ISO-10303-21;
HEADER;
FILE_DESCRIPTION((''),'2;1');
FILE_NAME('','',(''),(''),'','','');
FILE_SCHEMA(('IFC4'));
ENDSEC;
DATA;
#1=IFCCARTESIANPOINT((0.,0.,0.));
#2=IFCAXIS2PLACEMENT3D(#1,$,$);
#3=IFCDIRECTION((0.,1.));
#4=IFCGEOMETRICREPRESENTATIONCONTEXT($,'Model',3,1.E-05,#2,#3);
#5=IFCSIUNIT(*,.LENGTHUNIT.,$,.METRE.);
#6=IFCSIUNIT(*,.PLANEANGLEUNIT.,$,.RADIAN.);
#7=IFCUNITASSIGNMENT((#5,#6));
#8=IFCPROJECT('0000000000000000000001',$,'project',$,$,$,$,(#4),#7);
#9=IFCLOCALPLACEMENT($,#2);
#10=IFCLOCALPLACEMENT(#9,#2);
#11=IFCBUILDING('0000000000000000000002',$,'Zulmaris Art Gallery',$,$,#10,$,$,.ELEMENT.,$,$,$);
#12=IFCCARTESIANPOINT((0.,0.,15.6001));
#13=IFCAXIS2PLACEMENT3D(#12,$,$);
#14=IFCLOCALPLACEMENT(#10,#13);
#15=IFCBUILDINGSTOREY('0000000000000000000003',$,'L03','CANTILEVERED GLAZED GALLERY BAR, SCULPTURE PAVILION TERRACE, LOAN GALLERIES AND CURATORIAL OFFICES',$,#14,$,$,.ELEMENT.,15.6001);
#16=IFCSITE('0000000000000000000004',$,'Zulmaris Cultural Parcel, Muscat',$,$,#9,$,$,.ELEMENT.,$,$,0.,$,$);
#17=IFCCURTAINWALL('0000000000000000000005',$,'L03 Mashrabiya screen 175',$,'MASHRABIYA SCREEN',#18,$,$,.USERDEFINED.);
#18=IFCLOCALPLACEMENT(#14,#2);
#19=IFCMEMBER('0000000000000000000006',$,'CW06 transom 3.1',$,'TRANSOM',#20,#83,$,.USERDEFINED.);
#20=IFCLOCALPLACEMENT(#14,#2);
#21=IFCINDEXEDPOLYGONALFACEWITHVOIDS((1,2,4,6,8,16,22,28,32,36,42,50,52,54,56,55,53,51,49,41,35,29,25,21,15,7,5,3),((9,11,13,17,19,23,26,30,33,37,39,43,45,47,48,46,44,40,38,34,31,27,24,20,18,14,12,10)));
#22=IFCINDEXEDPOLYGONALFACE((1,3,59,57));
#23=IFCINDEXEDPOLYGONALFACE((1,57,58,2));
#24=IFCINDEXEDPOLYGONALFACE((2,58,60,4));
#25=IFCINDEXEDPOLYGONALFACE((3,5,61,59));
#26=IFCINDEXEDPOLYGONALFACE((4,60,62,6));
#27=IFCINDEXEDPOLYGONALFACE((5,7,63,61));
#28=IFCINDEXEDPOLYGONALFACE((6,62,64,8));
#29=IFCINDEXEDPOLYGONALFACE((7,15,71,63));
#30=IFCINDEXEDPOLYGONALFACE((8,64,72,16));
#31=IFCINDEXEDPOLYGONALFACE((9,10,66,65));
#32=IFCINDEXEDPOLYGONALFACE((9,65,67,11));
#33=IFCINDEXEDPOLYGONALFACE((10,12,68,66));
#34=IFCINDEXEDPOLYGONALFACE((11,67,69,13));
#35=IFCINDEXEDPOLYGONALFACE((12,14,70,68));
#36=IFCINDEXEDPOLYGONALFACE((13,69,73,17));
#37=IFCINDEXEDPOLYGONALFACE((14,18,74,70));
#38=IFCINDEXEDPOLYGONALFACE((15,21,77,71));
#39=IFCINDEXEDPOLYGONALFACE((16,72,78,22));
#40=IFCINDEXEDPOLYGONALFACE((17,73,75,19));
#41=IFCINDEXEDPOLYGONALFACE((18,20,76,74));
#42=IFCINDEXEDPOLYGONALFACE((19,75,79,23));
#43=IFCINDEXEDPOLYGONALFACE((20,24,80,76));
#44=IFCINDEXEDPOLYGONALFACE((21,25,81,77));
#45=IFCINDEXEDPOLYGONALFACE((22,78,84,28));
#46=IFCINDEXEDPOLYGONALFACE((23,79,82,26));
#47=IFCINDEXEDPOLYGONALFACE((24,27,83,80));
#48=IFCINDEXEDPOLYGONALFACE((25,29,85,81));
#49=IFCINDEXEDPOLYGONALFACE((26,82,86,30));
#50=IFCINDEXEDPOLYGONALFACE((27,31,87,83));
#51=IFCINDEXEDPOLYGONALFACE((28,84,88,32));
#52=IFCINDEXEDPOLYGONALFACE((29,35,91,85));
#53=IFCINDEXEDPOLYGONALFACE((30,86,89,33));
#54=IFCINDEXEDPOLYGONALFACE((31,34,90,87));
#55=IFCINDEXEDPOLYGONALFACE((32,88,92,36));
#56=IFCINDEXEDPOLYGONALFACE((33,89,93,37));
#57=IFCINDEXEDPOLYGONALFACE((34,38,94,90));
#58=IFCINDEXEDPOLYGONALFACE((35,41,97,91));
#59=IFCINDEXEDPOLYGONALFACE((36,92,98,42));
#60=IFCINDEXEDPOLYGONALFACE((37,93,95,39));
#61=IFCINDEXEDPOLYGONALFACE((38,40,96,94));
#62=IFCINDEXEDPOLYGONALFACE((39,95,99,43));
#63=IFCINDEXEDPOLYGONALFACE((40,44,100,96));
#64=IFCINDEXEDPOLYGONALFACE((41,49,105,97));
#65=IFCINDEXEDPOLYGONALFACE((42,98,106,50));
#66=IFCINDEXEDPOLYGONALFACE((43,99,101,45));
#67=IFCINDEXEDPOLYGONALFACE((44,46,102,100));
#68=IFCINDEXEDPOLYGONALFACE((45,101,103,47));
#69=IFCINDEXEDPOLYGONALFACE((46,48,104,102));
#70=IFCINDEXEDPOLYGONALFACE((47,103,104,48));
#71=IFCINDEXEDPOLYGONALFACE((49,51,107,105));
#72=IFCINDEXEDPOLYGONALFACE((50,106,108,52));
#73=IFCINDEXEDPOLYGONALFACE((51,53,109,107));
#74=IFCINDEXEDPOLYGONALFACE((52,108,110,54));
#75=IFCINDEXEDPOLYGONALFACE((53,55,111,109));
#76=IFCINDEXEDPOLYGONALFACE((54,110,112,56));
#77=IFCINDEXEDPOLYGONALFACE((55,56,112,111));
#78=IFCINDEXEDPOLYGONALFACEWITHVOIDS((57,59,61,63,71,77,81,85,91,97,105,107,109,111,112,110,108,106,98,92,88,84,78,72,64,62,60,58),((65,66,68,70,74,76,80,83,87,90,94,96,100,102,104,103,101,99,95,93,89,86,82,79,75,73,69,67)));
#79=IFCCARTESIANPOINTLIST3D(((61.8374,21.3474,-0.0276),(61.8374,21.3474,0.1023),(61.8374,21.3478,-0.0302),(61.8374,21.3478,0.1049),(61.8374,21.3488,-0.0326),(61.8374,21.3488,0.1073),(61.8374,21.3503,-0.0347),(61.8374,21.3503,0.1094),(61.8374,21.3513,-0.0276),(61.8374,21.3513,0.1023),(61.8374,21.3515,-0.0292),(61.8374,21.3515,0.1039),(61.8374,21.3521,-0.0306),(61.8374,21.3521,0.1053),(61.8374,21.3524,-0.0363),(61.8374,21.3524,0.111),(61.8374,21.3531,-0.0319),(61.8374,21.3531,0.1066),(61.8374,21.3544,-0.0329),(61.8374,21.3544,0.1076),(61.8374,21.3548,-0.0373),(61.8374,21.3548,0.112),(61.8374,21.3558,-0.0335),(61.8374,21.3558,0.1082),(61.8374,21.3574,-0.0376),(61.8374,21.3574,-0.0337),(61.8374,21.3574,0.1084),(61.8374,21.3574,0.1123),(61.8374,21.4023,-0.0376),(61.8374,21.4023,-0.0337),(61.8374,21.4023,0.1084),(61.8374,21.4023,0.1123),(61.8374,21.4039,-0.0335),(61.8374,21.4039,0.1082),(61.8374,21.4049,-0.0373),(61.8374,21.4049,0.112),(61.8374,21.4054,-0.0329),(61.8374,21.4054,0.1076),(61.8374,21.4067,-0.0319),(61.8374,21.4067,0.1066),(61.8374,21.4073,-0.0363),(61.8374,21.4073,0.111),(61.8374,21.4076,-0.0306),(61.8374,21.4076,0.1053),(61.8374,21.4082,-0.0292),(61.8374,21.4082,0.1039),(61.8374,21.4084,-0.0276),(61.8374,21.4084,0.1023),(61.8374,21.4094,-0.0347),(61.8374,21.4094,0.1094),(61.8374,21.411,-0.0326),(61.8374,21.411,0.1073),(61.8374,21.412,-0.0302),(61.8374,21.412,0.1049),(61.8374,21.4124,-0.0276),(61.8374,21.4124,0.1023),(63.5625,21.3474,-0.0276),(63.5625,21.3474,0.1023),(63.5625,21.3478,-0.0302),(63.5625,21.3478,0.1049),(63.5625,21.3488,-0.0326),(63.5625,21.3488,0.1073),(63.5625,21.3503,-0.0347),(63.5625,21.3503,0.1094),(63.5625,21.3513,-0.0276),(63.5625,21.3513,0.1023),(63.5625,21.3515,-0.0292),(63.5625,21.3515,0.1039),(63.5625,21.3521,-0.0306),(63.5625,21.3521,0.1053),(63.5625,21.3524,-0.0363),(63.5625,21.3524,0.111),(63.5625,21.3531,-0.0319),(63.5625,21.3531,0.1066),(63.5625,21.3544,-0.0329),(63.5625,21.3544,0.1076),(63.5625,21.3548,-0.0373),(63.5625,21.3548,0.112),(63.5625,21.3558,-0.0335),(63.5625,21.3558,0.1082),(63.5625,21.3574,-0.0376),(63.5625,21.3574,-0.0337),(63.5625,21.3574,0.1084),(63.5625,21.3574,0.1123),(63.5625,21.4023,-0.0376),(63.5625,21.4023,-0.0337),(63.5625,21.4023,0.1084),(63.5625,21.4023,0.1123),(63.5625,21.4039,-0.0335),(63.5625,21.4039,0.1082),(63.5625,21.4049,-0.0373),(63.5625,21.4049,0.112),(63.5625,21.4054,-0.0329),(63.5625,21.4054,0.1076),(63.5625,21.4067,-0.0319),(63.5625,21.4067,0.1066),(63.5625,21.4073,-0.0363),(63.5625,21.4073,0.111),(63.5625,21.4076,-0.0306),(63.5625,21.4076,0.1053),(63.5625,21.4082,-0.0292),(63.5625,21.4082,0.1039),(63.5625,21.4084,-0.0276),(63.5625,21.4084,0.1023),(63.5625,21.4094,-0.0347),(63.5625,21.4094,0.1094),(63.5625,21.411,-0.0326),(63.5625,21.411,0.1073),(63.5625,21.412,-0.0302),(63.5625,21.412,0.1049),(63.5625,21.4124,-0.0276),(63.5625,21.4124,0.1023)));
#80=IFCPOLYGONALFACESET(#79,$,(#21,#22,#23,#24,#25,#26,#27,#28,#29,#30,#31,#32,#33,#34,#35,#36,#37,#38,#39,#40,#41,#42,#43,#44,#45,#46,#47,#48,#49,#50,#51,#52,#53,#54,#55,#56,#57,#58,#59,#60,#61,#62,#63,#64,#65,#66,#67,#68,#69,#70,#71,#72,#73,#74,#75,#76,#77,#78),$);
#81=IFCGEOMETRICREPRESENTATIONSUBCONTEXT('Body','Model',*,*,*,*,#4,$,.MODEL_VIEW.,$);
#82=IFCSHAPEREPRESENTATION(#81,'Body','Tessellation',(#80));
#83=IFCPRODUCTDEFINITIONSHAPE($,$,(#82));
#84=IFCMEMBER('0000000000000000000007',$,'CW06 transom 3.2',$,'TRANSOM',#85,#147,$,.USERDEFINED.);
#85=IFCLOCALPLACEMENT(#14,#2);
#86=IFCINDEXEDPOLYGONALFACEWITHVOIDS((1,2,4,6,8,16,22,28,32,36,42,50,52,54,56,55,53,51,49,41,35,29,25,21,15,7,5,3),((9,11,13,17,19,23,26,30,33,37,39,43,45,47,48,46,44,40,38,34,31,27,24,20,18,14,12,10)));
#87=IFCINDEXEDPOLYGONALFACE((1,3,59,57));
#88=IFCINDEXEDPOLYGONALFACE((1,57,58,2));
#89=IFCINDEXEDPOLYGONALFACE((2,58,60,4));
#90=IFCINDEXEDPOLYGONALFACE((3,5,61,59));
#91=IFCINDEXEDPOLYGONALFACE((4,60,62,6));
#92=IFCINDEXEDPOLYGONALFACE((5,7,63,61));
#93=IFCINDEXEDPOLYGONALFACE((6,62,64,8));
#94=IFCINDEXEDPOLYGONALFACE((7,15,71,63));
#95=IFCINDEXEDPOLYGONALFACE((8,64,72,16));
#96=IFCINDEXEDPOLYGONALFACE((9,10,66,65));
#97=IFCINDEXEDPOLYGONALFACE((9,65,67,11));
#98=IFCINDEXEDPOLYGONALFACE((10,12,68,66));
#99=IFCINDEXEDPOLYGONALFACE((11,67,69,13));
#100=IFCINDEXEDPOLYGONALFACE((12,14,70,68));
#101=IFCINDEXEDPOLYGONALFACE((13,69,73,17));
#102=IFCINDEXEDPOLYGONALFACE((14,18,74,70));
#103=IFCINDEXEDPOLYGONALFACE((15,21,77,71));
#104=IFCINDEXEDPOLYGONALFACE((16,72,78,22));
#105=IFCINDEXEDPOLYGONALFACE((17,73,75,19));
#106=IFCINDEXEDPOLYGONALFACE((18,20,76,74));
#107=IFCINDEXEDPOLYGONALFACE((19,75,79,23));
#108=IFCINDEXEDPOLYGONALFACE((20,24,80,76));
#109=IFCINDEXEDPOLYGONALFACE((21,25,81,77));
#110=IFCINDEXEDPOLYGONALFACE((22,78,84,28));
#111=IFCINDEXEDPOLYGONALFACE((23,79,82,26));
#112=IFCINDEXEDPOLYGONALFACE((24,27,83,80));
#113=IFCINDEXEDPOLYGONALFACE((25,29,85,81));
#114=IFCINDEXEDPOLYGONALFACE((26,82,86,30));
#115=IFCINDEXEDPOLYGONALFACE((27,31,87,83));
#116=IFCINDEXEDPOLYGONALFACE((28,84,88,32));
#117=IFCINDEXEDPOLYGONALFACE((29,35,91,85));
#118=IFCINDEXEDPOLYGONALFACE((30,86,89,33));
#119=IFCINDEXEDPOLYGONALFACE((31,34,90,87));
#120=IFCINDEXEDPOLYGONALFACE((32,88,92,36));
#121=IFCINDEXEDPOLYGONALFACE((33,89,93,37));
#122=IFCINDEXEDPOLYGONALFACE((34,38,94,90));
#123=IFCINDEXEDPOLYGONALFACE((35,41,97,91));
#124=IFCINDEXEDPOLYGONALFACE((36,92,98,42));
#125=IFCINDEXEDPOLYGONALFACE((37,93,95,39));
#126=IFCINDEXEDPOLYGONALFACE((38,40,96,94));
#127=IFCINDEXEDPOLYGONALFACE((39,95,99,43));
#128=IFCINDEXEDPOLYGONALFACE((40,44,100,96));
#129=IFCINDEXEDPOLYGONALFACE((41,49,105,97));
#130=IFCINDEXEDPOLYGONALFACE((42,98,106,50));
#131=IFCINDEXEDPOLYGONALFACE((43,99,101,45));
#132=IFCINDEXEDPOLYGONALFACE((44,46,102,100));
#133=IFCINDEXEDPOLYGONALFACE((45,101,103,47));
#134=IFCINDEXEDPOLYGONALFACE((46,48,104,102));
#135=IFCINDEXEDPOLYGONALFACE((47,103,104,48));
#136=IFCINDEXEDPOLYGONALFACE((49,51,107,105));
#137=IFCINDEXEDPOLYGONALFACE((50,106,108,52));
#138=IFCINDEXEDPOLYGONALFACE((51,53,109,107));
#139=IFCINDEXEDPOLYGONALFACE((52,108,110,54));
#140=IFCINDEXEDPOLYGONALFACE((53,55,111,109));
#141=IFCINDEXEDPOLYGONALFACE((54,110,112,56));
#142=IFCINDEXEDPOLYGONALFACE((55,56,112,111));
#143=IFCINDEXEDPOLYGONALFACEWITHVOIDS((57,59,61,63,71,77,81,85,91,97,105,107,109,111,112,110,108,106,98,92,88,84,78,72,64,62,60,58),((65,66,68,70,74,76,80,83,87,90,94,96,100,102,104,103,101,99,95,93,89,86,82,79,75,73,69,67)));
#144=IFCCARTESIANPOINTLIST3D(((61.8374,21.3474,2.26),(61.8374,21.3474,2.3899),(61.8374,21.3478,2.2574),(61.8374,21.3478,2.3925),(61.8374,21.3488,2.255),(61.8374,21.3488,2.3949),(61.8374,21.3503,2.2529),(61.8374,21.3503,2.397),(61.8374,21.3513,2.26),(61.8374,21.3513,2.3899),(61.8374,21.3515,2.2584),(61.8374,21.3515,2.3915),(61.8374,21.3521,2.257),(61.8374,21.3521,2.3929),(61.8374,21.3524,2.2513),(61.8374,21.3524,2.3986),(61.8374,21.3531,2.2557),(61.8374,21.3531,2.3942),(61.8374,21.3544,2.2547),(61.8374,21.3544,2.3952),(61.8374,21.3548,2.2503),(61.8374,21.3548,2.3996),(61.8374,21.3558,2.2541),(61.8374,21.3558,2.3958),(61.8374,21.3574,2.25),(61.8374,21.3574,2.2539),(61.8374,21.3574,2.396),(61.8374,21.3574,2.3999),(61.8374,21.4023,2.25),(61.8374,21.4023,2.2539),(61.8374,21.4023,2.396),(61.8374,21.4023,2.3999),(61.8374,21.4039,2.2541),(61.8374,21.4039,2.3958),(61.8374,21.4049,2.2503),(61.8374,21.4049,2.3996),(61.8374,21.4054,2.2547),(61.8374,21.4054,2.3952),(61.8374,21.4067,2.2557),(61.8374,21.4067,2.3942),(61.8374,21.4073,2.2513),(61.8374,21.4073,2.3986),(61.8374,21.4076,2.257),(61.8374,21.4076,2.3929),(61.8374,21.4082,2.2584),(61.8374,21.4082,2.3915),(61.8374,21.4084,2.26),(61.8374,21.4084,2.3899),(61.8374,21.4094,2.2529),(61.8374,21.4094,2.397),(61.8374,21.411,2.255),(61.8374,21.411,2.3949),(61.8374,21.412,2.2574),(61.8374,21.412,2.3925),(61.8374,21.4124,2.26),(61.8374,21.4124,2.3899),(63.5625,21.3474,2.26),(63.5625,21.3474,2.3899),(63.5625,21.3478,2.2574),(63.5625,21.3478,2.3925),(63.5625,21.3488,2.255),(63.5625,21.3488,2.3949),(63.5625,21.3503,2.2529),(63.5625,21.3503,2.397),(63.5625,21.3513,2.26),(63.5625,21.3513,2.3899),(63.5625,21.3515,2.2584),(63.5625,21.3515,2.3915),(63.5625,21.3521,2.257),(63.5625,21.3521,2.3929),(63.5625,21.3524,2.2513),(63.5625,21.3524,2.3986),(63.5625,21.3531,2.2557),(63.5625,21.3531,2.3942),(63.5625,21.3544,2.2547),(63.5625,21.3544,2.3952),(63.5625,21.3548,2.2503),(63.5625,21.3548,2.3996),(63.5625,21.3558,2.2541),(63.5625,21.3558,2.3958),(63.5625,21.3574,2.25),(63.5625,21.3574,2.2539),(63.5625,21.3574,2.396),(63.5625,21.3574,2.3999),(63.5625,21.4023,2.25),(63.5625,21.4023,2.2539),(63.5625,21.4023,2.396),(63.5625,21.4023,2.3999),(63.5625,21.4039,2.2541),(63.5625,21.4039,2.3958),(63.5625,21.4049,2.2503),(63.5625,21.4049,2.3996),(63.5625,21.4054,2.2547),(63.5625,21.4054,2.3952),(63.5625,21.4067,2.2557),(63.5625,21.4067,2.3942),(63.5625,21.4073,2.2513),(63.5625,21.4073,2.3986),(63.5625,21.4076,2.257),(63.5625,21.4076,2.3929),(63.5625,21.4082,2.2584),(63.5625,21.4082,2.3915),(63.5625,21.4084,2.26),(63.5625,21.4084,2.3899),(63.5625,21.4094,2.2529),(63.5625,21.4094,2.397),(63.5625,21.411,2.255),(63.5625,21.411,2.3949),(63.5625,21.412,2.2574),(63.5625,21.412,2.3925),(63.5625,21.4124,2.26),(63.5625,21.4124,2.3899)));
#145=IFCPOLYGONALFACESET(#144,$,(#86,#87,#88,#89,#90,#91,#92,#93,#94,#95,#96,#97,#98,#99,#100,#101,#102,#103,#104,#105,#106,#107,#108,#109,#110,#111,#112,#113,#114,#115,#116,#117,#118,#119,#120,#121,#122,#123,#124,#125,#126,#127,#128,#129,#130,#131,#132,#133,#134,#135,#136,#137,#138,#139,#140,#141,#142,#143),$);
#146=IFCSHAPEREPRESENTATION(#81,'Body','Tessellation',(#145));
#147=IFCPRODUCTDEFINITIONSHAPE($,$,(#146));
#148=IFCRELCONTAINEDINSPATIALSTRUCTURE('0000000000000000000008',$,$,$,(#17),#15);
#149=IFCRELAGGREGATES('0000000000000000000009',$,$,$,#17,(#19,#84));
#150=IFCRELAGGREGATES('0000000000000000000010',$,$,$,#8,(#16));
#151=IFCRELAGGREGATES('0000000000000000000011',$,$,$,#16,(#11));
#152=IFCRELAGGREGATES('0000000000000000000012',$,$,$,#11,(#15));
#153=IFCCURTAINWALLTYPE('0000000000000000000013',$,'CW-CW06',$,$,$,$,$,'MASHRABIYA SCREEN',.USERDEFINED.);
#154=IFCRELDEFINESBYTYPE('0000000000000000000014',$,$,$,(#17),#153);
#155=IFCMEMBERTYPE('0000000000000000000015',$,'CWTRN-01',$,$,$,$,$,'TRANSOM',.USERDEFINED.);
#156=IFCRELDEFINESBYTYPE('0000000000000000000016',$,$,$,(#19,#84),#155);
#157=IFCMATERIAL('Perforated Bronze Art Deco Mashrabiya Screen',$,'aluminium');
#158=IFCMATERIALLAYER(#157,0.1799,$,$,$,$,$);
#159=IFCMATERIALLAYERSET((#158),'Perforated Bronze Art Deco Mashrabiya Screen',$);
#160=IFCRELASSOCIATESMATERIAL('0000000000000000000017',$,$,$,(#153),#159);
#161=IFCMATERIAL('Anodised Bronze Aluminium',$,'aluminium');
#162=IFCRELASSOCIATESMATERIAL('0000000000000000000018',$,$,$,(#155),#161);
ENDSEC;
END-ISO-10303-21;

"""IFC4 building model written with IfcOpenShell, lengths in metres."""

from ifc_helpers import new_model, si_unit, direction, frame, origin, origin_2d, place, context, subcontext, project, spatial, hollow_rectangle, extrude, material, layer, layer_set, material_profile, profile_set, type_object, element, aggregate, save


model = new_model("IFC4")

# Units and contexts
model_context = context("Model", 3, precision=1e-05, world=origin(), true_north=direction((0.0, 1.0)))
body_context = subcontext(model_context, "Body", "Model", "MODEL_VIEW")
ifc_project = project(units=[si_unit("LENGTHUNIT", "METRE"), si_unit("PLANEANGLEUNIT", "RADIAN")], contexts=[model_context])

# Site, building, storey
site_placement = place(None, origin())
site = spatial("IfcSite", under=ifc_project, at=site_placement, Name="Zulmaris Cultural Parcel, Muscat", CompositionType="ELEMENT", RefElevation=0.0)
building_placement = place(site_placement, origin())
building = spatial("IfcBuilding", under=site, at=building_placement, Name="Zulmaris Art Gallery", CompositionType="ELEMENT")
storey_placement = place(building_placement, frame((0.0, 0.0, 15.6001)))
storey = spatial("IfcBuildingStorey", under=building, at=storey_placement, Name="L03", Description="CANTILEVERED GLAZED GALLERY BAR, SCULPTURE PAVILION TERRACE, LOAN GALLERIES AND CURATORIAL OFFICES", CompositionType="ELEMENT", Elevation=15.6001)

# Curtain wall
ifc_material_1 = material(Name="Anodised Bronze Aluminium", Category="aluminium")
ifc_material_2 = material(Name="Perforated Bronze Art Deco Mashrabiya Screen", Category="aluminium")
ifc_layer_1 = layer(ifc_material_2, 0.1799)
ifc_layer_set_1 = layer_set([ifc_layer_1], Name="Perforated Bronze Art Deco Mashrabiya Screen")
curtain_wall_type_1 = type_object("IfcCurtainWallType", Name="CW-CW06", ElementType="MASHRABIYA SCREEN", PredefinedType="USERDEFINED", material=ifc_layer_set_1)
curtain_wall_1_placement = place(storey_placement, origin())
curtain_wall_1 = element("IfcCurtainWall", 1, at=curtain_wall_1_placement, inside=storey, type_object=curtain_wall_type_1, Name="L03 Mashrabiya screen 175", ObjectType="MASHRABIYA SCREEN", PredefinedType="USERDEFINED")

# Members
ifc_material_profile_1 = material_profile(ifc_material_1, hollow_rectangle(XDim=0.0649, YDim=0.1499, WallThickness=0.0039, InnerFilletRadius=0.0061, OuterFilletRadius=0.01, at=origin_2d()), Name="ALU 65x150x4")
ifc_profile_set_1 = profile_set([ifc_material_profile_1], Name="Anodised Bronze Aluminium")
member_type_1 = type_object("IfcMemberType", Name="CWTRN-01", ElementType="TRANSOM", PredefinedType="USERDEFINED", material=ifc_profile_set_1)
member_1_placement = place(storey_placement, frame((61.8374, 21.3799, 0.0374), z_axis=(1.0, 0.0, 0.0), x_axis=(0.0, 1.0, 0.0)))
member_1 = element("IfcMember", 2, at=member_1_placement, type_object=member_type_1, Name="CW06 transom 3.1", ObjectType="TRANSOM", PredefinedType="USERDEFINED", context=body_context, shape_type="SweptSolid", body=[
    extrude(hollow_rectangle(XDim=0.0649, YDim=0.1499, WallThickness=0.0039, InnerFilletRadius=0.0061, OuterFilletRadius=0.01, at=origin_2d()), origin(), (0.0, 0.0, 1.0), 1.7251),
])
member_2_placement = place(storey_placement, frame((61.8374, 21.3799, 2.325), z_axis=(1.0, 0.0, 0.0), x_axis=(0.0, 1.0, 0.0)))
member_2 = element("IfcMember", 3, at=member_2_placement, type_object=member_type_1, Name="CW06 transom 3.2", ObjectType="TRANSOM", PredefinedType="USERDEFINED", context=body_context, shape_type="SweptSolid", body=[
    extrude(hollow_rectangle(XDim=0.0649, YDim=0.1499, WallThickness=0.0039, InnerFilletRadius=0.0061, OuterFilletRadius=0.01, at=origin_2d()), origin(), (0.0, 0.0, 1.0), 1.7251),
])

aggregate(curtain_wall_1, [member_1, member_2])

save(model, "model.ifc")
